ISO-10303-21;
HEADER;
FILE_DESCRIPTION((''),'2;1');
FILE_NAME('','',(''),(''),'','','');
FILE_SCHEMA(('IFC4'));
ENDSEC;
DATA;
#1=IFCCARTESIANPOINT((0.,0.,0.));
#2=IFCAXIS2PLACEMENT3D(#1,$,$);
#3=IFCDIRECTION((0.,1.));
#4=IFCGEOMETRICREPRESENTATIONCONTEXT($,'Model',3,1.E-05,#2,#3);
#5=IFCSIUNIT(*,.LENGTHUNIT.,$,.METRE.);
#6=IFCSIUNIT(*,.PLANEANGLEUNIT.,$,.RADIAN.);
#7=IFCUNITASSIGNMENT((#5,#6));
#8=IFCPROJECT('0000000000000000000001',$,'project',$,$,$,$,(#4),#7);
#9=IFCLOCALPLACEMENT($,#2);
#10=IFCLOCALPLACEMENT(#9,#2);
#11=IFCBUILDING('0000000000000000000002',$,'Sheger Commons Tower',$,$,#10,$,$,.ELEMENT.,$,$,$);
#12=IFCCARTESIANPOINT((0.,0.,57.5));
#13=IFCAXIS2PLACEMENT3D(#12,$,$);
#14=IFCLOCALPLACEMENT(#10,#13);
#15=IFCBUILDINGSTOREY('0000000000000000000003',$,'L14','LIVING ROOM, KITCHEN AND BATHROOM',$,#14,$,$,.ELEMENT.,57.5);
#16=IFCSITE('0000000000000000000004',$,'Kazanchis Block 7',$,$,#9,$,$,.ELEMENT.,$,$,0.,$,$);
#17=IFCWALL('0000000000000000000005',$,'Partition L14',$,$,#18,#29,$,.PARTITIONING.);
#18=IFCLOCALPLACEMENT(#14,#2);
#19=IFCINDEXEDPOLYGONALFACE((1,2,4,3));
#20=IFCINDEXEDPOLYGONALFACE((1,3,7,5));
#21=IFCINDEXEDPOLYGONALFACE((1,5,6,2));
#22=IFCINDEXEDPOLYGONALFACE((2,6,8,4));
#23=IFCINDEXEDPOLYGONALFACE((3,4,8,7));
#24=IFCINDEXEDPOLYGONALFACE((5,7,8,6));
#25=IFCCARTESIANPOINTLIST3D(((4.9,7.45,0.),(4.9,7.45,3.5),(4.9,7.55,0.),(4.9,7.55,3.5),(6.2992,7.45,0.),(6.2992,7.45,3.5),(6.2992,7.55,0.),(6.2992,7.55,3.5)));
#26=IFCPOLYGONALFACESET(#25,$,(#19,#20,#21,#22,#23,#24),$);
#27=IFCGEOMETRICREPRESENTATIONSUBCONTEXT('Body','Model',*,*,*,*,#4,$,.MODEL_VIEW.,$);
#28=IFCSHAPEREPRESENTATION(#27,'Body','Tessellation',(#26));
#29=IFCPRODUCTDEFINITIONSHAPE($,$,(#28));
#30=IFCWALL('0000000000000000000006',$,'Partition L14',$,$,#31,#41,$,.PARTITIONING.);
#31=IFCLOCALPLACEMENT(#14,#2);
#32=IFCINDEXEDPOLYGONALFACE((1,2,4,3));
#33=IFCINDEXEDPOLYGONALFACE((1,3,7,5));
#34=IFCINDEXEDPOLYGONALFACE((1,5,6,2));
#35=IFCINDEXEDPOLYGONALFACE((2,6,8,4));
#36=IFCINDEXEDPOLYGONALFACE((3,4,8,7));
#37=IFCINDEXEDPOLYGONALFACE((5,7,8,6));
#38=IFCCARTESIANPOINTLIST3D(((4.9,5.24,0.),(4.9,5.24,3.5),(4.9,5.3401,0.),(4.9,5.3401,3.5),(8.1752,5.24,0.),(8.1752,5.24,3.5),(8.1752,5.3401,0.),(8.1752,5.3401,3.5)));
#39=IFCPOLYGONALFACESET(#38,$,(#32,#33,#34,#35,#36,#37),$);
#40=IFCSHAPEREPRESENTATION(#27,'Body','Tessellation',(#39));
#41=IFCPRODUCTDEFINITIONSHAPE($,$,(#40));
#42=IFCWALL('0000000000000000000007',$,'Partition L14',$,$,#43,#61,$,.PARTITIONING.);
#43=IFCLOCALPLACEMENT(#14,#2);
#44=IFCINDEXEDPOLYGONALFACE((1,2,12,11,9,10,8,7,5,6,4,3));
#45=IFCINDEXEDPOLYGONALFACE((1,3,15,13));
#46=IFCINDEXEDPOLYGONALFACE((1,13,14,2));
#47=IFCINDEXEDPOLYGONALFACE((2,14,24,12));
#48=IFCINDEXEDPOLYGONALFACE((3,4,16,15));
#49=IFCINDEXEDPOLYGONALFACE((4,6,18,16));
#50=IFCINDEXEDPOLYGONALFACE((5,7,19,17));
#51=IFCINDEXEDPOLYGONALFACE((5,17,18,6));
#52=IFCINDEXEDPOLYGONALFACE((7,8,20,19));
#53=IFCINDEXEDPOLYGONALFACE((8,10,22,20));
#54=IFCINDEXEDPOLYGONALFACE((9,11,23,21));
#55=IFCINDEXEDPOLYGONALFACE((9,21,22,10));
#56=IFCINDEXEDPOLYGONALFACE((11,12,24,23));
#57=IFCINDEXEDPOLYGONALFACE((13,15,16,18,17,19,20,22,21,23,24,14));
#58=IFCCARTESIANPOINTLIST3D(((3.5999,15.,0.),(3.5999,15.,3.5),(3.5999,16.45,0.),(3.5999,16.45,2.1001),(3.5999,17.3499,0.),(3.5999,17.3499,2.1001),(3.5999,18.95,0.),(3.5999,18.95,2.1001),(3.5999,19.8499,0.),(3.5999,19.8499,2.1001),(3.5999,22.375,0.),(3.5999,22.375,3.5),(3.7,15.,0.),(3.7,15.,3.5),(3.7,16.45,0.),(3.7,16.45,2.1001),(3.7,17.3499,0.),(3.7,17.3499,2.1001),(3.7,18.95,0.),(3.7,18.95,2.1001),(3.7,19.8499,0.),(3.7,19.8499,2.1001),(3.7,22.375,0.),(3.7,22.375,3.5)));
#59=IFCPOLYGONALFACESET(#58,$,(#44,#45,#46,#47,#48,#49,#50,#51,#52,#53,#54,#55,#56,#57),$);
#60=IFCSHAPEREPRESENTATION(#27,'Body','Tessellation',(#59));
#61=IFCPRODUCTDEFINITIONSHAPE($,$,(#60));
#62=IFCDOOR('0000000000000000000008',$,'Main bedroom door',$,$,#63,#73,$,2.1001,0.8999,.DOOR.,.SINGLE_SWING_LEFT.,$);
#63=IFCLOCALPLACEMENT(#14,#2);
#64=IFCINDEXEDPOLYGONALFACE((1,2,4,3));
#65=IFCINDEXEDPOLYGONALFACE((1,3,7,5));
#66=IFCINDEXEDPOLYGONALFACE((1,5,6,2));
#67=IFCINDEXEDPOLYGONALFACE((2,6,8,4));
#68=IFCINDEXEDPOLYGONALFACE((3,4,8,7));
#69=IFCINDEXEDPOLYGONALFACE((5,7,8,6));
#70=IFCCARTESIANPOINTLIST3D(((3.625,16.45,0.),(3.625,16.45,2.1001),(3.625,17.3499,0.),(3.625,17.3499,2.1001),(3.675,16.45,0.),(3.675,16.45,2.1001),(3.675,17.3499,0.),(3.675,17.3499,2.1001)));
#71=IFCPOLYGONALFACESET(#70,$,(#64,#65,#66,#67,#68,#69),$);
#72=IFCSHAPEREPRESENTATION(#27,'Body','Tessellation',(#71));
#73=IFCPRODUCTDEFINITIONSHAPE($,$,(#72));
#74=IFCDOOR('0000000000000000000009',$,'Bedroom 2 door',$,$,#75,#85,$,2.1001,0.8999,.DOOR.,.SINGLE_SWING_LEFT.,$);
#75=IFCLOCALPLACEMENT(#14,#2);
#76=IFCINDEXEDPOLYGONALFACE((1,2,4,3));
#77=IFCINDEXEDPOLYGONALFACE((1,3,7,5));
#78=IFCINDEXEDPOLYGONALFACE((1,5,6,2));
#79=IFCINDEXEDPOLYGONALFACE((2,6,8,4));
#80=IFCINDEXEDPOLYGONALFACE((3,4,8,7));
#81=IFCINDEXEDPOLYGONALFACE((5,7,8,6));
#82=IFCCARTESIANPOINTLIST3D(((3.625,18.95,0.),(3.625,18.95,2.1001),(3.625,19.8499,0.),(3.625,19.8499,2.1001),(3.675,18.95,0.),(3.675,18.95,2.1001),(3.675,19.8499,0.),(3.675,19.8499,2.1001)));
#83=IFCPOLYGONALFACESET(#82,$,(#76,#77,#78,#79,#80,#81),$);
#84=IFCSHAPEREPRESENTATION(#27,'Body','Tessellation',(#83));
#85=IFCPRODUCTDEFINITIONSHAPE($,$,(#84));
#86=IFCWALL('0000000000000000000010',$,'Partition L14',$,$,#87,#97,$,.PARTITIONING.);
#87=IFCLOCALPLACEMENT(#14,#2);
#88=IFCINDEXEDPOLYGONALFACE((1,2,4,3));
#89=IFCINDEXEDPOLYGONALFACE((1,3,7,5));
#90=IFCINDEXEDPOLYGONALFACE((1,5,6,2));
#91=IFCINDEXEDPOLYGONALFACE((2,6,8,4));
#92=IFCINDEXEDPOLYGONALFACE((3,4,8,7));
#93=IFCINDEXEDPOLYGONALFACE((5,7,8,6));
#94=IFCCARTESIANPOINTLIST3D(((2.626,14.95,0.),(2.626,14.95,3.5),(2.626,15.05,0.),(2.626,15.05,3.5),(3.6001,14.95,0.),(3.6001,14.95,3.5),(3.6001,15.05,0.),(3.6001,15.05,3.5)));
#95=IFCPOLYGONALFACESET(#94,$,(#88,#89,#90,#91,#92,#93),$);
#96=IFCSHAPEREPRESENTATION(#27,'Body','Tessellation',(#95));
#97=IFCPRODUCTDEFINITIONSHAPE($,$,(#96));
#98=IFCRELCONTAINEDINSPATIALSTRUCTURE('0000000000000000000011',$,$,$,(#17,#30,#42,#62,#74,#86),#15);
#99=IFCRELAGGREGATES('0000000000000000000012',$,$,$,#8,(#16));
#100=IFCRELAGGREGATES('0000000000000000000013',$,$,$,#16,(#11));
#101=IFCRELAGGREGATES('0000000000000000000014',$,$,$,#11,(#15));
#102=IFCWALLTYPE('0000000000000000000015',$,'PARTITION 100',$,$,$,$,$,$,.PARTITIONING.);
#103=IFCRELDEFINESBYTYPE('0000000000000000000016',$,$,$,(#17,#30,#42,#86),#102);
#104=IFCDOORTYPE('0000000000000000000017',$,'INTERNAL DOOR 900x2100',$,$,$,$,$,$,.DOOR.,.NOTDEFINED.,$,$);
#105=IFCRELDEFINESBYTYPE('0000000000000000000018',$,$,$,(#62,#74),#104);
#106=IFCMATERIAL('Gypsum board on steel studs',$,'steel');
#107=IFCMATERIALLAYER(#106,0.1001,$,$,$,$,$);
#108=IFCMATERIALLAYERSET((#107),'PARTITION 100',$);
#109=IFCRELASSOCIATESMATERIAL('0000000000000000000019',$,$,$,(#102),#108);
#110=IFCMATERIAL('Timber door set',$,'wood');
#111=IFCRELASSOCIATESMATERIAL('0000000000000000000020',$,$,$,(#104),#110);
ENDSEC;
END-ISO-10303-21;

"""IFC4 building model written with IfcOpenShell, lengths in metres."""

from ifc_helpers import new_model, si_unit, direction, frame, frame_2d, origin, place, context, subcontext, project, spatial, rectangle, extrude, material, layer, layer_set, type_object, element, fill, save


model = new_model("IFC4")

# Units and contexts
model_context = context("Model", 3, precision=1e-05, world=origin(), true_north=direction((0.0, 1.0)))
body_context = subcontext(model_context, "Body", "Model", "MODEL_VIEW")
ifc_project = project(units=[si_unit("LENGTHUNIT", "METRE"), si_unit("PLANEANGLEUNIT", "RADIAN")], contexts=[model_context])

# Site, building, storey
site_placement = place(None, origin())
site = spatial("IfcSite", under=ifc_project, at=site_placement, Name="Kazanchis Block 7", CompositionType="ELEMENT", RefElevation=0.0)
building_placement = place(site_placement, origin())
building = spatial("IfcBuilding", under=site, at=building_placement, Name="Sheger Commons Tower", CompositionType="ELEMENT")
storey_placement = place(building_placement, frame((0.0, 0.0, 57.5)))
storey = spatial("IfcBuildingStorey", under=building, at=storey_placement, Name="L14", Description="LIVING ROOM, KITCHEN AND BATHROOM", CompositionType="ELEMENT", Elevation=57.5)

# Shared definitions
ifc_material_1 = material(Name="Gypsum board on steel studs", Category="steel")
ifc_layer_1 = layer(ifc_material_1, 0.1001)
ifc_layer_set_1 = layer_set([ifc_layer_1], Name="PARTITION 100")
wall_type_1 = type_object("IfcWallType", Name="PARTITION 100", PredefinedType="PARTITIONING", material=ifc_layer_set_1)
ifc_material_2 = material(Name="Timber door set", Category="wood")
door_type = type_object("IfcDoorType", Name="INTERNAL DOOR 900x2100", OperationType="NOTDEFINED", PredefinedType="DOOR", material=ifc_material_2)

# Walls
wall_1_placement = place(storey_placement, frame((4.8999, 7.5, 0.0), z_axis=(0.0, 0.0, 1.0), x_axis=(1.0, 0.0, 0.0)))
element("IfcWall", 1, at=wall_1_placement, inside=storey, type_object=wall_type_1, Name="Partition L14", PredefinedType="PARTITIONING", context=body_context, shape_type="SweptSolid", body=[
    extrude(rectangle(XDim=1.3992, YDim=0.1001, at=frame_2d((0.6997, 0.0))), origin(), (0.0, 0.0, 1.0), 3.5),
])
wall_2_placement = place(storey_placement, frame((4.8999, 5.29, 0.0), z_axis=(0.0, 0.0, 1.0), x_axis=(1.0, 0.0, 0.0)))
element("IfcWall", 2, at=wall_2_placement, inside=storey, type_object=wall_type_1, Name="Partition L14", PredefinedType="PARTITIONING", context=body_context, shape_type="SweptSolid", body=[
    extrude(rectangle(XDim=3.2751, YDim=0.1001, at=frame_2d((1.6377, 0.0))), origin(), (0.0, 0.0, 1.0), 3.5),
])

# Wall, openings, doors
wall_3_placement = place(storey_placement, frame((3.6499, 15.0, 0.0), z_axis=(0.0, 0.0, 1.0), x_axis=(0.0, 1.0, 0.0)))
wall_3 = element("IfcWall", 3, at=wall_3_placement, inside=storey, type_object=wall_type_1, Name="Partition L14", PredefinedType="PARTITIONING", context=body_context, shape_type="SweptSolid", body=[
    extrude(rectangle(XDim=7.375, YDim=0.1001, at=frame_2d((3.6875, 0.0))), origin(), (0.0, 0.0, 1.0), 3.5),
])
opening_1_placement = place(wall_3_placement, frame((1.45, 0.0, 0.0)))
opening_1 = element("IfcOpeningElement", 4, at=opening_1_placement, cuts=wall_3, PredefinedType="OPENING", context=body_context, shape_type="SweptSolid", body=[
    extrude(rectangle(XDim=0.8999, YDim=2.1001, at=frame_2d((0.45, 1.05))), frame((0.0, 0.0601, 0.0), z_axis=(0.0, -1.0, 0.0), x_axis=(1.0, 0.0, 0.0)), (0.0, 0.0, 1.0), 0.1201),
])
opening_2_placement = place(wall_3_placement, frame((3.95, 0.0, 0.0)))
opening_2 = element("IfcOpeningElement", 5, at=opening_2_placement, cuts=wall_3, PredefinedType="OPENING", context=body_context, shape_type="SweptSolid", body=[
    extrude(rectangle(XDim=0.8999, YDim=2.1001, at=frame_2d((0.45, 1.05))), frame((0.0, 0.0601, 0.0), z_axis=(0.0, -1.0, 0.0), x_axis=(1.0, 0.0, 0.0)), (0.0, 0.0, 1.0), 0.1201),
])
door_1_placement = place(opening_1_placement, origin())
door_1 = element("IfcDoor", 6, at=door_1_placement, inside=storey, type_object=door_type, Name="Main bedroom door", OperationType="SINGLE_SWING_LEFT", OverallHeight=2.1001, OverallWidth=0.8999, PredefinedType="DOOR", context=body_context, shape_type="SweptSolid", body=[
    extrude(rectangle(XDim=0.8999, YDim=2.1001, at=frame_2d((0.45, 1.05))), frame((0.0, 0.0249, 0.0), z_axis=(0.0, -1.0, 0.0), x_axis=(1.0, 0.0, 0.0)), (0.0, 0.0, 1.0), 0.05),
])
fill(opening_1, door_1)
door_2_placement = place(opening_2_placement, origin())
door_2 = element("IfcDoor", 7, at=door_2_placement, inside=storey, type_object=door_type, Name="Bedroom 2 door", OperationType="SINGLE_SWING_LEFT", OverallHeight=2.1001, OverallWidth=0.8999, PredefinedType="DOOR", context=body_context, shape_type="SweptSolid", body=[
    extrude(rectangle(XDim=0.8999, YDim=2.1001, at=frame_2d((0.45, 1.05))), frame((0.0, 0.0249, 0.0), z_axis=(0.0, -1.0, 0.0), x_axis=(1.0, 0.0, 0.0)), (0.0, 0.0, 1.0), 0.05),
])
fill(opening_2, door_2)

# Wall
wall_4_placement = place(storey_placement, frame((2.626, 15.0, 0.0), z_axis=(0.0, 0.0, 1.0), x_axis=(1.0, 0.0, 0.0)))
element("IfcWall", 8, at=wall_4_placement, inside=storey, type_object=wall_type_1, Name="Partition L14", PredefinedType="PARTITIONING", context=body_context, shape_type="SweptSolid", body=[
    extrude(rectangle(XDim=0.9741, YDim=0.1001, at=frame_2d((0.4871, 0.0))), origin(), (0.0, 0.0, 1.0), 3.5),
])

save(model, "model.ifc")
